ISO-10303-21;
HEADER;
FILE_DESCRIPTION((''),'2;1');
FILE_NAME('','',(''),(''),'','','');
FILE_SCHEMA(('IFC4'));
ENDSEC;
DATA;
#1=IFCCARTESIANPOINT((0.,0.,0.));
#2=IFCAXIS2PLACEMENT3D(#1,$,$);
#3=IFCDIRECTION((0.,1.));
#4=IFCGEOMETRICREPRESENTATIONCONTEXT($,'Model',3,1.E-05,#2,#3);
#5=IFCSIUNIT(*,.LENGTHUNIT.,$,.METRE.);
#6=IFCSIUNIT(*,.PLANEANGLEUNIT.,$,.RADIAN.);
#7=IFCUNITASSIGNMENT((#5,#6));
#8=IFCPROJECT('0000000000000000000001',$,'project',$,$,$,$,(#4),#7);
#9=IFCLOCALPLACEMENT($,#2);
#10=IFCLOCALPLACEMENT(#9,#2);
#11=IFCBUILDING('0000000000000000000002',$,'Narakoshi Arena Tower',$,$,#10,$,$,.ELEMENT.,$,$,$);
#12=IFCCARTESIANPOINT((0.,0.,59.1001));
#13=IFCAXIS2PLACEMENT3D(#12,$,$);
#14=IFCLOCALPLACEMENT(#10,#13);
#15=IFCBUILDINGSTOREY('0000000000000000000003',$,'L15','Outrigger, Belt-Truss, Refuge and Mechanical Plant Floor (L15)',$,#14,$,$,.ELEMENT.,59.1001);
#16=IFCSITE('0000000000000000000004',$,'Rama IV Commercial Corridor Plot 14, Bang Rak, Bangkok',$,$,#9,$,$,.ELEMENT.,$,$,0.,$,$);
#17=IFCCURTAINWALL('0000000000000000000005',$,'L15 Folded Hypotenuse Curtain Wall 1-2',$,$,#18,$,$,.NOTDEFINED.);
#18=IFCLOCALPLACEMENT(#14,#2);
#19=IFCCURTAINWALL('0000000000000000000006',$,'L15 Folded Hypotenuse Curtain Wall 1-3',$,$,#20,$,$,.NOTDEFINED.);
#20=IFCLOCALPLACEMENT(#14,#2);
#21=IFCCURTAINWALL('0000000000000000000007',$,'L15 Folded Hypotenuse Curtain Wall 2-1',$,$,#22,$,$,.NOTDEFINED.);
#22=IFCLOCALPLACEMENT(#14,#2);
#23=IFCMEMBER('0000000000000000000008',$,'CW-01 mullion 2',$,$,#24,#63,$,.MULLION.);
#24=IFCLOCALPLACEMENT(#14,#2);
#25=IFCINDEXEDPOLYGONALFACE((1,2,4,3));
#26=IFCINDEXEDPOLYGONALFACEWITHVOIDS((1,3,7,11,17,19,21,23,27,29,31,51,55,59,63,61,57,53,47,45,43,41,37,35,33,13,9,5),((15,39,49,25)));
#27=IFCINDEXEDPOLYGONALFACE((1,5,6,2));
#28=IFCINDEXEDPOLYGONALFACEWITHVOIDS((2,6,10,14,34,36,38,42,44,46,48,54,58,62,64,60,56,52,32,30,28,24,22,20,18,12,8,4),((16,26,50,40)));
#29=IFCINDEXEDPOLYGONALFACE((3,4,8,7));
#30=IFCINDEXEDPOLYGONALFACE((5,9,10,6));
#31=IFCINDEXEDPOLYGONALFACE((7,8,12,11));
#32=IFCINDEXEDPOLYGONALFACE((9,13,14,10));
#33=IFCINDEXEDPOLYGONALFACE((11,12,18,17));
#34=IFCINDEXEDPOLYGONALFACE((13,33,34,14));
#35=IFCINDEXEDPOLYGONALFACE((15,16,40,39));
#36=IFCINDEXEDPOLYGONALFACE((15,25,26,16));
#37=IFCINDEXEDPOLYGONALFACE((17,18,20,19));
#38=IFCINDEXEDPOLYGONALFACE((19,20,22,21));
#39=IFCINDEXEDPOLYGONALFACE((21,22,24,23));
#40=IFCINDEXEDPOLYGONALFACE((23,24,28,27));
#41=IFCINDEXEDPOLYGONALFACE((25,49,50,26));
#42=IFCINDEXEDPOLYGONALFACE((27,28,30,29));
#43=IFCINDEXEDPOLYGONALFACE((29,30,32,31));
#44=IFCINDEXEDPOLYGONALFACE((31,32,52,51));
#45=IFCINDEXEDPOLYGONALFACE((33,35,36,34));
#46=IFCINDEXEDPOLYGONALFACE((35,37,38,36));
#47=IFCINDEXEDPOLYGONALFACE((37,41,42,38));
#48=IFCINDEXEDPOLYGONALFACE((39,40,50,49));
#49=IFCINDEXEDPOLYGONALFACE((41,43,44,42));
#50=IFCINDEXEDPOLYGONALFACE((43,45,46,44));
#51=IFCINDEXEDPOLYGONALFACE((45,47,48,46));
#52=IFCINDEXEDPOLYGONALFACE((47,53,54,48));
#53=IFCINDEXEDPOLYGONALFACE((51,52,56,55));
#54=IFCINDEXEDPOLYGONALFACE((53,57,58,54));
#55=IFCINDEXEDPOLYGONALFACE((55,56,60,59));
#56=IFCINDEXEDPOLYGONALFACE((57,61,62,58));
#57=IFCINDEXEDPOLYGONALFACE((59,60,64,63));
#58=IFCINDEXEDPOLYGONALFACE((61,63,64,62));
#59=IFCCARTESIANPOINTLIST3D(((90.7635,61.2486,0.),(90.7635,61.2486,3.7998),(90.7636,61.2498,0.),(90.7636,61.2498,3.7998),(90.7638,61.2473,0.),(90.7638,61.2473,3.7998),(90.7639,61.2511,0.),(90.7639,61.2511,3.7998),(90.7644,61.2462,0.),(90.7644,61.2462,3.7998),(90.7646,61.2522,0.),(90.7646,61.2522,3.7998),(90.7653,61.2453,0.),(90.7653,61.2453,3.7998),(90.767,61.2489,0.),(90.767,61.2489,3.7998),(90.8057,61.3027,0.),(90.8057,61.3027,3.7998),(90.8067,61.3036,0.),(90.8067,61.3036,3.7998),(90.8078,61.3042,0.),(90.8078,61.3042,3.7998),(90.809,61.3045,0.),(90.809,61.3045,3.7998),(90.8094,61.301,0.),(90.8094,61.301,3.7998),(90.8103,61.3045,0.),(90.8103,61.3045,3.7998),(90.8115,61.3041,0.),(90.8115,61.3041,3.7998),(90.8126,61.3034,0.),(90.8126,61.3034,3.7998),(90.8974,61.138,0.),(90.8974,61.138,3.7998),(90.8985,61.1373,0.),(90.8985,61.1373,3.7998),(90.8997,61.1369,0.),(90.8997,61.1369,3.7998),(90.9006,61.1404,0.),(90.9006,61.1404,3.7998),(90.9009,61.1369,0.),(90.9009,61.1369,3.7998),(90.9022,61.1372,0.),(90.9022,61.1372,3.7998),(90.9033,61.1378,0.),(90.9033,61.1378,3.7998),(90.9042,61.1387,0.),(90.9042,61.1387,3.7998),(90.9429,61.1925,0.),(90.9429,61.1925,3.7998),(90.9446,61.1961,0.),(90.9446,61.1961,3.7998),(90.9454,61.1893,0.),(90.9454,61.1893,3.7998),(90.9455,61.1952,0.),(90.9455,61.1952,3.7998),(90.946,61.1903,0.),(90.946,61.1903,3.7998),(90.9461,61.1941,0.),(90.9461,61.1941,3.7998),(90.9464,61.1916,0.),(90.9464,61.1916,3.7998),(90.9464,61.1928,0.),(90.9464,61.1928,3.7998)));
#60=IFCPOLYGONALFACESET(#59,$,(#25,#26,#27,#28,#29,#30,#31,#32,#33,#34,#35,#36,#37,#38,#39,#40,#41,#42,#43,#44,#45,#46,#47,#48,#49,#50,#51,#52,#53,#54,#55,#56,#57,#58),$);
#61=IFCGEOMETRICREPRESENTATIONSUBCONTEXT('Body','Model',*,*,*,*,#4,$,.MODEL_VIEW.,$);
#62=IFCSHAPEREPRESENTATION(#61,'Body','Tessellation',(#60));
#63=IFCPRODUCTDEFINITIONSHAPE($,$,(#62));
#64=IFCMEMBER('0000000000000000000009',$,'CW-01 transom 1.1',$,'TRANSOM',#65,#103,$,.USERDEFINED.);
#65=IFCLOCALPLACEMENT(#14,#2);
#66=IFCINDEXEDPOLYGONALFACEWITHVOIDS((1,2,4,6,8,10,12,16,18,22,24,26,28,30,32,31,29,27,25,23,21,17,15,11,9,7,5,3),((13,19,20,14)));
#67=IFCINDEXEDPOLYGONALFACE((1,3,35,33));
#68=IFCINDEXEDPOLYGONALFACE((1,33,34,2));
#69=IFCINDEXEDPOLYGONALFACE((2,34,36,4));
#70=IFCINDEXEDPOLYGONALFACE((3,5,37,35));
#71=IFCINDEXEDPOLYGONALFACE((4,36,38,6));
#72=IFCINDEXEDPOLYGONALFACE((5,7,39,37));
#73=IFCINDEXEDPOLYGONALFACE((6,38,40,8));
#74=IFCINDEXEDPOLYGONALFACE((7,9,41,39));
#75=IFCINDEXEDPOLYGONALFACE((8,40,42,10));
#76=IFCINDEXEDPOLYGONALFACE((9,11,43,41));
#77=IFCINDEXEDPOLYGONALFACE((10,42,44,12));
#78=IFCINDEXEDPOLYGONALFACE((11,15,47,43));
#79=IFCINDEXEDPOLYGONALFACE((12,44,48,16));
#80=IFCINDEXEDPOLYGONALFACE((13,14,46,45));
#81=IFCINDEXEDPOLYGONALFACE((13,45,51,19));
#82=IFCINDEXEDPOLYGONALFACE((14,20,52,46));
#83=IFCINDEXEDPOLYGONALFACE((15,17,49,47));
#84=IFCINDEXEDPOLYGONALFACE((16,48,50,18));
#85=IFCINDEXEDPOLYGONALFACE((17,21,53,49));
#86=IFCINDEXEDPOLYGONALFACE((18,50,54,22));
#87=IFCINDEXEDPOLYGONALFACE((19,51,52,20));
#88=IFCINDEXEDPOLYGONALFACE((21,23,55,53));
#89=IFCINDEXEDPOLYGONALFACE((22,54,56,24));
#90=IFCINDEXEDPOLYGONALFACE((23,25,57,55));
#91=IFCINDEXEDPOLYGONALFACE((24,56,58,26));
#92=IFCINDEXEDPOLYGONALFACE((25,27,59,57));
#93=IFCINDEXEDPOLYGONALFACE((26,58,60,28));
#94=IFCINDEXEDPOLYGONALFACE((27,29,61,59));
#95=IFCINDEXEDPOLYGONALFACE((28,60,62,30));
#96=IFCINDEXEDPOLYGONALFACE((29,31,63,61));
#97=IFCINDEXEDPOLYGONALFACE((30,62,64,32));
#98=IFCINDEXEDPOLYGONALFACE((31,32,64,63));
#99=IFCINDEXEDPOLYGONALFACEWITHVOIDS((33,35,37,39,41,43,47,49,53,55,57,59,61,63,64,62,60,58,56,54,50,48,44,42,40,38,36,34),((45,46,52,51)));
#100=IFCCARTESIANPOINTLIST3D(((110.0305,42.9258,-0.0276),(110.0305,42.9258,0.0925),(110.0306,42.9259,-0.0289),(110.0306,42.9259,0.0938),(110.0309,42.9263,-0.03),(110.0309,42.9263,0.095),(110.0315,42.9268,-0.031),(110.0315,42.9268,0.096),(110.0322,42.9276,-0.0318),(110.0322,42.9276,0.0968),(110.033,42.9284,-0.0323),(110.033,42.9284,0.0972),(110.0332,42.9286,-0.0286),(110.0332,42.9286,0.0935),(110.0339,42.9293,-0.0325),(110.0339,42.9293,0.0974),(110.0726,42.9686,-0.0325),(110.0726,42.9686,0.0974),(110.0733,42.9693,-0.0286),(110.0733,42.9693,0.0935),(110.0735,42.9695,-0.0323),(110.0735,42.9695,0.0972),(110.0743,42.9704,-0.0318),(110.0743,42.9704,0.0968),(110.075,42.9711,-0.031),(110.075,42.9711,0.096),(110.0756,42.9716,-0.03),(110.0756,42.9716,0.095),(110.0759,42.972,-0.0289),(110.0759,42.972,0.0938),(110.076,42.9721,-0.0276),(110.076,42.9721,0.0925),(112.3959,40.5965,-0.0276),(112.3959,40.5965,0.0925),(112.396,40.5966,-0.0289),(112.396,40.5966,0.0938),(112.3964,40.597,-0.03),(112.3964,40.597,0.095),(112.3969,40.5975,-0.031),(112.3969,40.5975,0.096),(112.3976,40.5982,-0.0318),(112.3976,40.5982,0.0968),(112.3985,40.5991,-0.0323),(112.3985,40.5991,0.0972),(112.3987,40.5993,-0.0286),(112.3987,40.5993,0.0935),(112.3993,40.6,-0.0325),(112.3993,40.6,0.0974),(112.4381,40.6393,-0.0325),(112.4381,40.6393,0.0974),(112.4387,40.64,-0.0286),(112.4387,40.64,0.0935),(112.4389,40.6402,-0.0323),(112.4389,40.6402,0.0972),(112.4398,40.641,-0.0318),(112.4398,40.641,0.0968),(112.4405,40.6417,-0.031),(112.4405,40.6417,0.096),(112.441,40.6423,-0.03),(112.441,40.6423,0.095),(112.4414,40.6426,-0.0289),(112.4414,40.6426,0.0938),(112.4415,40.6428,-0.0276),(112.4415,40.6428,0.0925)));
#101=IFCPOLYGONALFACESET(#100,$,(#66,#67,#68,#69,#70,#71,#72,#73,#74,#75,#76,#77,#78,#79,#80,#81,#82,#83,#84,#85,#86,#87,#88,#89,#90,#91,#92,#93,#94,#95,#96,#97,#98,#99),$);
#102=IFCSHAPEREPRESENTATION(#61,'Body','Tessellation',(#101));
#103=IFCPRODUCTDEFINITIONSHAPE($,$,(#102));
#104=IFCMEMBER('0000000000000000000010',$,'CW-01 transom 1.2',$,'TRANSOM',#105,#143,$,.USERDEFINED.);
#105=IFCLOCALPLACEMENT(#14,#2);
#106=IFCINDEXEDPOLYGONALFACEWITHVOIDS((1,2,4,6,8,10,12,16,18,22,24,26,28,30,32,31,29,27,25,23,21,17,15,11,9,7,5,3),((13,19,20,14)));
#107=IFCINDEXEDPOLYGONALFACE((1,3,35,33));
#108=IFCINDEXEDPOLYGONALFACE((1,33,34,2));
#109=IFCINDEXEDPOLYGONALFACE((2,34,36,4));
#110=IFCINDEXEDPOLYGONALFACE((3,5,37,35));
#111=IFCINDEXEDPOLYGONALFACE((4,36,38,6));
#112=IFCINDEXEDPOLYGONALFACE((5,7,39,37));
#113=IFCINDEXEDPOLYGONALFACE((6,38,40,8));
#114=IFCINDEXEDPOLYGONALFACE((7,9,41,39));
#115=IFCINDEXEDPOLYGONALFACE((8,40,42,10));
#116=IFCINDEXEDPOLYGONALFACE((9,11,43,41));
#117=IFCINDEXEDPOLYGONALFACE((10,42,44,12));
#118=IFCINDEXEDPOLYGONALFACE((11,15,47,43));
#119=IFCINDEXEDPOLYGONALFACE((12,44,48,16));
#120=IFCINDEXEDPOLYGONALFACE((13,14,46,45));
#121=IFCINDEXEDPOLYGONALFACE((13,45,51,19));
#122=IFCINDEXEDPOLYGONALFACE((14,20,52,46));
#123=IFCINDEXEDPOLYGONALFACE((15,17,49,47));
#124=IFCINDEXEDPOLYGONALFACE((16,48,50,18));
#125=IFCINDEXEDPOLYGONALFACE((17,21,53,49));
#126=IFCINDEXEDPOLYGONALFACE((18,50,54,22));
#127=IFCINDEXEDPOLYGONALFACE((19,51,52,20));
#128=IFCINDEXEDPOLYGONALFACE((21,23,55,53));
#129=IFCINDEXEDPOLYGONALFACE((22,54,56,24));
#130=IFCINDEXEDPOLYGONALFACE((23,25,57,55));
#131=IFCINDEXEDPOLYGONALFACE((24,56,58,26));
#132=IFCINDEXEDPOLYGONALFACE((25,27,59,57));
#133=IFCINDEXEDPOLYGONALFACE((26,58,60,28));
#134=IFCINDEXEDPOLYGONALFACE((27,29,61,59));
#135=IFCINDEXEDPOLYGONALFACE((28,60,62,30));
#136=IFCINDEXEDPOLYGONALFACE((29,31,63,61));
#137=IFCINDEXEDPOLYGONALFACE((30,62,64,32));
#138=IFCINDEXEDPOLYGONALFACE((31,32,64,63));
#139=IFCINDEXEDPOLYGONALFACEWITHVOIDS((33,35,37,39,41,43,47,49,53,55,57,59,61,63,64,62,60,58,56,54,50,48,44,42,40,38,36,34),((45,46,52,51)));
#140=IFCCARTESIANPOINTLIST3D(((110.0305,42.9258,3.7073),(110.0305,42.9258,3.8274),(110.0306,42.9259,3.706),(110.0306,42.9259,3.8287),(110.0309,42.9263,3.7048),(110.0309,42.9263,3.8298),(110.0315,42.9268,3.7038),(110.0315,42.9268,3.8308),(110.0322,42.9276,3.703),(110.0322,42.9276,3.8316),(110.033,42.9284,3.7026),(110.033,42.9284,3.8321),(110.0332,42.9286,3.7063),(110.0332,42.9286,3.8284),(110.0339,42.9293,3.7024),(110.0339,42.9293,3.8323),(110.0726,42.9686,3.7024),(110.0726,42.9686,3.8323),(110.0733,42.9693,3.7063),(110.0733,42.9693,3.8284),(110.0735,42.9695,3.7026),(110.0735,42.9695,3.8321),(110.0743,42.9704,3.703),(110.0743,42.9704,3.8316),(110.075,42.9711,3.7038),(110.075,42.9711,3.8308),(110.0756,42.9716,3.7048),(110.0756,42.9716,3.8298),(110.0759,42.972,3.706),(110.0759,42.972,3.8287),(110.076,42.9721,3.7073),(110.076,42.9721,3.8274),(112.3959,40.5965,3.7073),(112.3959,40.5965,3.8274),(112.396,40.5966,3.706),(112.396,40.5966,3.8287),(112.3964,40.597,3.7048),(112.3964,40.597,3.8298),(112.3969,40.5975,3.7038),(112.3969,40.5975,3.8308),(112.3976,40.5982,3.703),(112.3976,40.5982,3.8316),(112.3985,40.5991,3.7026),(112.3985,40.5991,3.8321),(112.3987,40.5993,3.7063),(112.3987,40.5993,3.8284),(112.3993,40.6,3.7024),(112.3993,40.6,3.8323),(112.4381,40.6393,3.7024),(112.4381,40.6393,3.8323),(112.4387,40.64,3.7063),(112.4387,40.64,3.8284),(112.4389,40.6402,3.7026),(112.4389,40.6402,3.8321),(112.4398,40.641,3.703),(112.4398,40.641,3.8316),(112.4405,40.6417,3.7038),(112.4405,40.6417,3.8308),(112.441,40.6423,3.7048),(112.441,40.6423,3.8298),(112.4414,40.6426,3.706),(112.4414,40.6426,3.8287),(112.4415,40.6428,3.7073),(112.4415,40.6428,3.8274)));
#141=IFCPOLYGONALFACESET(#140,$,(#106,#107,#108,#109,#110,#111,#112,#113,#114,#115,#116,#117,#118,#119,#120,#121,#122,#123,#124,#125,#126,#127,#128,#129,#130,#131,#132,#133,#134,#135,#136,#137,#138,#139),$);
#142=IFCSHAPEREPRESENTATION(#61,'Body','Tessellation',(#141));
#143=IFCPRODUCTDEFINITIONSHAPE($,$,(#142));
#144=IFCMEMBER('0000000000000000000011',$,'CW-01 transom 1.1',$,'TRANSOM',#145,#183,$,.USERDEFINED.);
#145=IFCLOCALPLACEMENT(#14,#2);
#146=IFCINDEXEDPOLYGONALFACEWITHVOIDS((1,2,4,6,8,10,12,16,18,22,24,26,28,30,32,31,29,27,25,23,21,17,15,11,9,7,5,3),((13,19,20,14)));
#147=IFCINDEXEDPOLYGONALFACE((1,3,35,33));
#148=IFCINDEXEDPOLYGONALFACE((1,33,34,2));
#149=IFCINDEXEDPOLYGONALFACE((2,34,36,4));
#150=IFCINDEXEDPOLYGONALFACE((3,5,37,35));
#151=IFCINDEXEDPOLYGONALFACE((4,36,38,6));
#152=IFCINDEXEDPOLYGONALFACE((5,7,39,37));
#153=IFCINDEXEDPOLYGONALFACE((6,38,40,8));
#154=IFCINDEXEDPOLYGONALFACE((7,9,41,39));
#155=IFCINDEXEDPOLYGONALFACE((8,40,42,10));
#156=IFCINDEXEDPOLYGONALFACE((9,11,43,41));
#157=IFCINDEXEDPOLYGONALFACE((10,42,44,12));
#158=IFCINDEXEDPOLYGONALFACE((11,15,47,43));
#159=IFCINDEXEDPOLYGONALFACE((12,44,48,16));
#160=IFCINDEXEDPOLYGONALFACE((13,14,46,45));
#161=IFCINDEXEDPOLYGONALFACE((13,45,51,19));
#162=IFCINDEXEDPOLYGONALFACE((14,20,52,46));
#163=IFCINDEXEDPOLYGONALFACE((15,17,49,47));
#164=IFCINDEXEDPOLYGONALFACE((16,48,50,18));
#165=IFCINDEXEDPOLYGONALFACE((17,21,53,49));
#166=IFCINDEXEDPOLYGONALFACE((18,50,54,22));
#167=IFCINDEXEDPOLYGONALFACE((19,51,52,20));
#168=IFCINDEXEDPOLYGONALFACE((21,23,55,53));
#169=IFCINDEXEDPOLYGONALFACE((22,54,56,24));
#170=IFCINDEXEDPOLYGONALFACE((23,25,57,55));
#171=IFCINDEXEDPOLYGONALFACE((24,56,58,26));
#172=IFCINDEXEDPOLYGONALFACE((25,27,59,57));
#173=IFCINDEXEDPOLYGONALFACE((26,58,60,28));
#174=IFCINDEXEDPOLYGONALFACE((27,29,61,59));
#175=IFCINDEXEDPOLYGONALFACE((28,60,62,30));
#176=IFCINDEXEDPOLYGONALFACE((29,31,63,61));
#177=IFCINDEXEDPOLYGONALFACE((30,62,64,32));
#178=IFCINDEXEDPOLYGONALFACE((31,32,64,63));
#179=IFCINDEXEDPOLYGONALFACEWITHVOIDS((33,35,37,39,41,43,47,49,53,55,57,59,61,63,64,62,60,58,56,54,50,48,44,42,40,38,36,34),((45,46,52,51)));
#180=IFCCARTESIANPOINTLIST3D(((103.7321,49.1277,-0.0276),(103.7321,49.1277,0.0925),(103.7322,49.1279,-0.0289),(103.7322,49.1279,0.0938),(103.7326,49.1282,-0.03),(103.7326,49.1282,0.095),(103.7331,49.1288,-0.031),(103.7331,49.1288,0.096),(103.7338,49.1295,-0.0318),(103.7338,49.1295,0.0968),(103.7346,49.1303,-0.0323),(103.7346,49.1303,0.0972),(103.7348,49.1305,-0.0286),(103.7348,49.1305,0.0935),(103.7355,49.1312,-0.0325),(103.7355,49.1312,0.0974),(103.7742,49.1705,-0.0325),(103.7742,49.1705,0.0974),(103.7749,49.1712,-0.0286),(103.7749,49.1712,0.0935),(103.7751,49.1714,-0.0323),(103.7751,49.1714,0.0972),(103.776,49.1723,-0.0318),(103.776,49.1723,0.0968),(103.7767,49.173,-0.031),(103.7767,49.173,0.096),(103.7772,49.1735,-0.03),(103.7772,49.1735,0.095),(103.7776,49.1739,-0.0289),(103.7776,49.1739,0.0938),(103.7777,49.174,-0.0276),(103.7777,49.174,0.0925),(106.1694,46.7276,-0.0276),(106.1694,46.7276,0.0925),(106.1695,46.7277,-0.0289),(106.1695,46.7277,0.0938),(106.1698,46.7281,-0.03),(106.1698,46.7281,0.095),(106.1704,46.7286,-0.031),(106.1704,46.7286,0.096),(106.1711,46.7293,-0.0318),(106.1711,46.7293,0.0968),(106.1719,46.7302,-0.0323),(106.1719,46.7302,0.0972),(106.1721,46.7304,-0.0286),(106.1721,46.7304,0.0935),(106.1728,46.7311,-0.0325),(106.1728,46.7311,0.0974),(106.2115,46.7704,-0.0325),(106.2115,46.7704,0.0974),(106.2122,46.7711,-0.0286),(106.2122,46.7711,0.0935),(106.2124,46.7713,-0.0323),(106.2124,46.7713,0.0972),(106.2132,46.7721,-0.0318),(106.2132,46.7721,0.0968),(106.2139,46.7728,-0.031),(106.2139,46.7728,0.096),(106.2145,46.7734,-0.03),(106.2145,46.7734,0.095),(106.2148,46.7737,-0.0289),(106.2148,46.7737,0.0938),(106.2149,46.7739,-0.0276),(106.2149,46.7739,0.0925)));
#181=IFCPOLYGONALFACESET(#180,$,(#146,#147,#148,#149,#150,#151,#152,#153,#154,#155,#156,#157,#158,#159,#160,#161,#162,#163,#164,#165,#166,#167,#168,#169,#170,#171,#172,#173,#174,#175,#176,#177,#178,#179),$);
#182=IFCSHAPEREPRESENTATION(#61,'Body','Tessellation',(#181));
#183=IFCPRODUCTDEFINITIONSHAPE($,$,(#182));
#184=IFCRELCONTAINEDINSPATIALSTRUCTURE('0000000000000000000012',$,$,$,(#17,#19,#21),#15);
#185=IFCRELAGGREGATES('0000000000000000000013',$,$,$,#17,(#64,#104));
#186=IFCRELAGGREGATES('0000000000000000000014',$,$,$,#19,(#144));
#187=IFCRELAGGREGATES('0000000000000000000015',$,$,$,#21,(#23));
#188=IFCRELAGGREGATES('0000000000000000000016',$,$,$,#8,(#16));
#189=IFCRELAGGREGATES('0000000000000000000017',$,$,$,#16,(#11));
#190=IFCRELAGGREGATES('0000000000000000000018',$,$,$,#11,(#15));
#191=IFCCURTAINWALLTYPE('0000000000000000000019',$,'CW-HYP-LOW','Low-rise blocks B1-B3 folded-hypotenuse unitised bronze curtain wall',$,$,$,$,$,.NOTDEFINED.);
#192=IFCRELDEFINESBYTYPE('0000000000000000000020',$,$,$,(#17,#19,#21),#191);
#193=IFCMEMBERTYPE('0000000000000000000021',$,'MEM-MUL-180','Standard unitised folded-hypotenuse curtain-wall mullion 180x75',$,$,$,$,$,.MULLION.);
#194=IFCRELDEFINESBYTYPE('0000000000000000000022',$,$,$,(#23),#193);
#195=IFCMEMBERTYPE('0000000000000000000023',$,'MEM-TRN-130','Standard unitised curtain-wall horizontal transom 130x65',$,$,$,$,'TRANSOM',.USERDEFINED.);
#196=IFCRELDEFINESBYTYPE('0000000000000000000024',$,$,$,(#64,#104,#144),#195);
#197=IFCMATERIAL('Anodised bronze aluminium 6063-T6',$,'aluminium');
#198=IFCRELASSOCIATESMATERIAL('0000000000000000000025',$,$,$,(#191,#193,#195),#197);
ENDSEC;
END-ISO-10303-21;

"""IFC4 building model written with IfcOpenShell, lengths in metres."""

from ifc_helpers import new_model, si_unit, direction, frame, origin, origin_2d, place, context, subcontext, project, spatial, hollow_rectangle, extrude, material, material_profile, profile_set, type_object, element, aggregate, save


model = new_model("IFC4")

# Units and contexts
model_context = context("Model", 3, precision=1e-05, world=origin(), true_north=direction((0.0, 1.0)))
body_context = subcontext(model_context, "Body", "Model", "MODEL_VIEW")
ifc_project = project(units=[si_unit("LENGTHUNIT", "METRE"), si_unit("PLANEANGLEUNIT", "RADIAN")], contexts=[model_context])

# Site, building, storey
site_placement = place(None, origin())
site = spatial("IfcSite", under=ifc_project, at=site_placement, Name="Rama IV Commercial Corridor Plot 14, Bang Rak, Bangkok", CompositionType="ELEMENT", RefElevation=0.0)
building_placement = place(site_placement, origin())
building = spatial("IfcBuilding", under=site, at=building_placement, Name="Narakoshi Arena Tower", CompositionType="ELEMENT")
storey_placement = place(building_placement, frame((0.0, 0.0, 59.1001)))
storey = spatial("IfcBuildingStorey", under=building, at=storey_placement, Name="L15", Description="Outrigger, Belt-Truss, Refuge and Mechanical Plant Floor (L15)", CompositionType="ELEMENT", Elevation=59.1001)

# Curtain wall
ifc_material_1 = material(Name="Anodised bronze aluminium 6063-T6", Category="aluminium")
curtain_wall_type = type_object("IfcCurtainWallType", Name="CW-HYP-LOW", Description="Low-rise blocks B1-B3 folded-hypotenuse unitised bronze curtain wall", PredefinedType="NOTDEFINED", material=ifc_material_1)
curtain_wall_1_placement = place(storey_placement, origin())
curtain_wall_1 = element("IfcCurtainWall", 1, at=curtain_wall_1_placement, inside=storey, type_object=curtain_wall_type, Name="L15 Folded Hypotenuse Curtain Wall 1-2", PredefinedType="NOTDEFINED")
ifc_material_profile_1 = material_profile(ifc_material_1, hollow_rectangle(XDim=0.075, YDim=0.1799, WallThickness=0.0039, OuterFilletRadius=0.0049, at=origin_2d()), Name="MUL180x75x4")
ifc_profile_set_1 = profile_set([ifc_material_profile_1], Name="Anodised bronze aluminium 6063-T6")
member_type_1 = type_object("IfcMemberType", Name="MEM-MUL-180", Description="Standard unitised folded-hypotenuse curtain-wall mullion 180x75", PredefinedType="MULLION", material=ifc_profile_set_1)

# Curtain walls, member
curtain_wall_2_placement = place(storey_placement, origin())
curtain_wall_2 = element("IfcCurtainWall", 2, at=curtain_wall_2_placement, inside=storey, type_object=curtain_wall_type, Name="L15 Folded Hypotenuse Curtain Wall 1-3", PredefinedType="NOTDEFINED")
curtain_wall_3_placement = place(storey_placement, origin())
curtain_wall_3 = element("IfcCurtainWall", 3, at=curtain_wall_3_placement, inside=storey, type_object=curtain_wall_type, Name="L15 Folded Hypotenuse Curtain Wall 2-1", PredefinedType="NOTDEFINED")
member_1_placement = place(storey_placement, frame((90.855, 61.2207, 0.0), z_axis=(0.0, 0.0, 1.0), x_axis=(-0.630732, -0.776, 0.0)))
member_1 = element("IfcMember", 4, at=member_1_placement, type_object=member_type_1, Name="CW-01 mullion 2", PredefinedType="MULLION", context=body_context, shape_type="SweptSolid", body=[
    extrude(hollow_rectangle(XDim=0.075, YDim=0.1799, WallThickness=0.0039, OuterFilletRadius=0.0049, at=origin_2d()), origin(), (0.0, 0.0, 1.0), 3.7998),
])

# Members
ifc_material_profile_2 = material_profile(ifc_material_1, hollow_rectangle(XDim=0.0649, YDim=0.1299, WallThickness=0.0039, OuterFilletRadius=0.0049, at=origin_2d()), Name="TRN130x65x4")
ifc_profile_set_2 = profile_set([ifc_material_profile_2], Name="Anodised bronze aluminium 6063-T6")
member_type_2 = type_object("IfcMemberType", Name="MEM-TRN-130", Description="Standard unitised curtain-wall horizontal transom 130x65", ElementType="TRANSOM", PredefinedType="USERDEFINED", material=ifc_profile_set_2)
member_2_placement = place(storey_placement, frame((112.4187, 40.6196, 0.0325), z_axis=(-0.712528, 0.701644, 0.0), x_axis=(-0.701644, -0.712528, 0.0)))
member_2 = element("IfcMember", 5, at=member_2_placement, type_object=member_type_2, Name="CW-01 transom 1.1", ObjectType="TRANSOM", PredefinedType="USERDEFINED", context=body_context, shape_type="SweptSolid", body=[
    extrude(hollow_rectangle(XDim=0.0649, YDim=0.1299, WallThickness=0.0039, OuterFilletRadius=0.0049, at=origin_2d()), origin(), (0.0, 0.0, 1.0), 3.3198),
])
member_3_placement = place(storey_placement, frame((112.4187, 40.6196, 3.7673), z_axis=(-0.712528, 0.701644, 0.0), x_axis=(-0.701644, -0.712528, 0.0)))
member_3 = element("IfcMember", 6, at=member_3_placement, type_object=member_type_2, Name="CW-01 transom 1.2", ObjectType="TRANSOM", PredefinedType="USERDEFINED", context=body_context, shape_type="SweptSolid", body=[
    extrude(hollow_rectangle(XDim=0.0649, YDim=0.1299, WallThickness=0.0039, OuterFilletRadius=0.0049, at=origin_2d()), origin(), (0.0, 0.0, 1.0), 3.3198),
])
member_4_placement = place(storey_placement, frame((106.1921, 46.7507, 0.0325), z_axis=(-0.71251, 0.701662, 0.0), x_axis=(-0.701662, -0.71251, 0.0)))
member_4 = element("IfcMember", 7, at=member_4_placement, type_object=member_type_2, Name="CW-01 transom 1.1", ObjectType="TRANSOM", PredefinedType="USERDEFINED", context=body_context, shape_type="SweptSolid", body=[
    extrude(hollow_rectangle(XDim=0.0649, YDim=0.1299, WallThickness=0.0039, OuterFilletRadius=0.0049, at=origin_2d()), origin(), (0.0, 0.0, 1.0), 3.4207),
])

aggregate(curtain_wall_1, [member_2, member_3])
aggregate(curtain_wall_2, [member_4])
aggregate(curtain_wall_3, [member_1])

save(model, "model.ifc")
